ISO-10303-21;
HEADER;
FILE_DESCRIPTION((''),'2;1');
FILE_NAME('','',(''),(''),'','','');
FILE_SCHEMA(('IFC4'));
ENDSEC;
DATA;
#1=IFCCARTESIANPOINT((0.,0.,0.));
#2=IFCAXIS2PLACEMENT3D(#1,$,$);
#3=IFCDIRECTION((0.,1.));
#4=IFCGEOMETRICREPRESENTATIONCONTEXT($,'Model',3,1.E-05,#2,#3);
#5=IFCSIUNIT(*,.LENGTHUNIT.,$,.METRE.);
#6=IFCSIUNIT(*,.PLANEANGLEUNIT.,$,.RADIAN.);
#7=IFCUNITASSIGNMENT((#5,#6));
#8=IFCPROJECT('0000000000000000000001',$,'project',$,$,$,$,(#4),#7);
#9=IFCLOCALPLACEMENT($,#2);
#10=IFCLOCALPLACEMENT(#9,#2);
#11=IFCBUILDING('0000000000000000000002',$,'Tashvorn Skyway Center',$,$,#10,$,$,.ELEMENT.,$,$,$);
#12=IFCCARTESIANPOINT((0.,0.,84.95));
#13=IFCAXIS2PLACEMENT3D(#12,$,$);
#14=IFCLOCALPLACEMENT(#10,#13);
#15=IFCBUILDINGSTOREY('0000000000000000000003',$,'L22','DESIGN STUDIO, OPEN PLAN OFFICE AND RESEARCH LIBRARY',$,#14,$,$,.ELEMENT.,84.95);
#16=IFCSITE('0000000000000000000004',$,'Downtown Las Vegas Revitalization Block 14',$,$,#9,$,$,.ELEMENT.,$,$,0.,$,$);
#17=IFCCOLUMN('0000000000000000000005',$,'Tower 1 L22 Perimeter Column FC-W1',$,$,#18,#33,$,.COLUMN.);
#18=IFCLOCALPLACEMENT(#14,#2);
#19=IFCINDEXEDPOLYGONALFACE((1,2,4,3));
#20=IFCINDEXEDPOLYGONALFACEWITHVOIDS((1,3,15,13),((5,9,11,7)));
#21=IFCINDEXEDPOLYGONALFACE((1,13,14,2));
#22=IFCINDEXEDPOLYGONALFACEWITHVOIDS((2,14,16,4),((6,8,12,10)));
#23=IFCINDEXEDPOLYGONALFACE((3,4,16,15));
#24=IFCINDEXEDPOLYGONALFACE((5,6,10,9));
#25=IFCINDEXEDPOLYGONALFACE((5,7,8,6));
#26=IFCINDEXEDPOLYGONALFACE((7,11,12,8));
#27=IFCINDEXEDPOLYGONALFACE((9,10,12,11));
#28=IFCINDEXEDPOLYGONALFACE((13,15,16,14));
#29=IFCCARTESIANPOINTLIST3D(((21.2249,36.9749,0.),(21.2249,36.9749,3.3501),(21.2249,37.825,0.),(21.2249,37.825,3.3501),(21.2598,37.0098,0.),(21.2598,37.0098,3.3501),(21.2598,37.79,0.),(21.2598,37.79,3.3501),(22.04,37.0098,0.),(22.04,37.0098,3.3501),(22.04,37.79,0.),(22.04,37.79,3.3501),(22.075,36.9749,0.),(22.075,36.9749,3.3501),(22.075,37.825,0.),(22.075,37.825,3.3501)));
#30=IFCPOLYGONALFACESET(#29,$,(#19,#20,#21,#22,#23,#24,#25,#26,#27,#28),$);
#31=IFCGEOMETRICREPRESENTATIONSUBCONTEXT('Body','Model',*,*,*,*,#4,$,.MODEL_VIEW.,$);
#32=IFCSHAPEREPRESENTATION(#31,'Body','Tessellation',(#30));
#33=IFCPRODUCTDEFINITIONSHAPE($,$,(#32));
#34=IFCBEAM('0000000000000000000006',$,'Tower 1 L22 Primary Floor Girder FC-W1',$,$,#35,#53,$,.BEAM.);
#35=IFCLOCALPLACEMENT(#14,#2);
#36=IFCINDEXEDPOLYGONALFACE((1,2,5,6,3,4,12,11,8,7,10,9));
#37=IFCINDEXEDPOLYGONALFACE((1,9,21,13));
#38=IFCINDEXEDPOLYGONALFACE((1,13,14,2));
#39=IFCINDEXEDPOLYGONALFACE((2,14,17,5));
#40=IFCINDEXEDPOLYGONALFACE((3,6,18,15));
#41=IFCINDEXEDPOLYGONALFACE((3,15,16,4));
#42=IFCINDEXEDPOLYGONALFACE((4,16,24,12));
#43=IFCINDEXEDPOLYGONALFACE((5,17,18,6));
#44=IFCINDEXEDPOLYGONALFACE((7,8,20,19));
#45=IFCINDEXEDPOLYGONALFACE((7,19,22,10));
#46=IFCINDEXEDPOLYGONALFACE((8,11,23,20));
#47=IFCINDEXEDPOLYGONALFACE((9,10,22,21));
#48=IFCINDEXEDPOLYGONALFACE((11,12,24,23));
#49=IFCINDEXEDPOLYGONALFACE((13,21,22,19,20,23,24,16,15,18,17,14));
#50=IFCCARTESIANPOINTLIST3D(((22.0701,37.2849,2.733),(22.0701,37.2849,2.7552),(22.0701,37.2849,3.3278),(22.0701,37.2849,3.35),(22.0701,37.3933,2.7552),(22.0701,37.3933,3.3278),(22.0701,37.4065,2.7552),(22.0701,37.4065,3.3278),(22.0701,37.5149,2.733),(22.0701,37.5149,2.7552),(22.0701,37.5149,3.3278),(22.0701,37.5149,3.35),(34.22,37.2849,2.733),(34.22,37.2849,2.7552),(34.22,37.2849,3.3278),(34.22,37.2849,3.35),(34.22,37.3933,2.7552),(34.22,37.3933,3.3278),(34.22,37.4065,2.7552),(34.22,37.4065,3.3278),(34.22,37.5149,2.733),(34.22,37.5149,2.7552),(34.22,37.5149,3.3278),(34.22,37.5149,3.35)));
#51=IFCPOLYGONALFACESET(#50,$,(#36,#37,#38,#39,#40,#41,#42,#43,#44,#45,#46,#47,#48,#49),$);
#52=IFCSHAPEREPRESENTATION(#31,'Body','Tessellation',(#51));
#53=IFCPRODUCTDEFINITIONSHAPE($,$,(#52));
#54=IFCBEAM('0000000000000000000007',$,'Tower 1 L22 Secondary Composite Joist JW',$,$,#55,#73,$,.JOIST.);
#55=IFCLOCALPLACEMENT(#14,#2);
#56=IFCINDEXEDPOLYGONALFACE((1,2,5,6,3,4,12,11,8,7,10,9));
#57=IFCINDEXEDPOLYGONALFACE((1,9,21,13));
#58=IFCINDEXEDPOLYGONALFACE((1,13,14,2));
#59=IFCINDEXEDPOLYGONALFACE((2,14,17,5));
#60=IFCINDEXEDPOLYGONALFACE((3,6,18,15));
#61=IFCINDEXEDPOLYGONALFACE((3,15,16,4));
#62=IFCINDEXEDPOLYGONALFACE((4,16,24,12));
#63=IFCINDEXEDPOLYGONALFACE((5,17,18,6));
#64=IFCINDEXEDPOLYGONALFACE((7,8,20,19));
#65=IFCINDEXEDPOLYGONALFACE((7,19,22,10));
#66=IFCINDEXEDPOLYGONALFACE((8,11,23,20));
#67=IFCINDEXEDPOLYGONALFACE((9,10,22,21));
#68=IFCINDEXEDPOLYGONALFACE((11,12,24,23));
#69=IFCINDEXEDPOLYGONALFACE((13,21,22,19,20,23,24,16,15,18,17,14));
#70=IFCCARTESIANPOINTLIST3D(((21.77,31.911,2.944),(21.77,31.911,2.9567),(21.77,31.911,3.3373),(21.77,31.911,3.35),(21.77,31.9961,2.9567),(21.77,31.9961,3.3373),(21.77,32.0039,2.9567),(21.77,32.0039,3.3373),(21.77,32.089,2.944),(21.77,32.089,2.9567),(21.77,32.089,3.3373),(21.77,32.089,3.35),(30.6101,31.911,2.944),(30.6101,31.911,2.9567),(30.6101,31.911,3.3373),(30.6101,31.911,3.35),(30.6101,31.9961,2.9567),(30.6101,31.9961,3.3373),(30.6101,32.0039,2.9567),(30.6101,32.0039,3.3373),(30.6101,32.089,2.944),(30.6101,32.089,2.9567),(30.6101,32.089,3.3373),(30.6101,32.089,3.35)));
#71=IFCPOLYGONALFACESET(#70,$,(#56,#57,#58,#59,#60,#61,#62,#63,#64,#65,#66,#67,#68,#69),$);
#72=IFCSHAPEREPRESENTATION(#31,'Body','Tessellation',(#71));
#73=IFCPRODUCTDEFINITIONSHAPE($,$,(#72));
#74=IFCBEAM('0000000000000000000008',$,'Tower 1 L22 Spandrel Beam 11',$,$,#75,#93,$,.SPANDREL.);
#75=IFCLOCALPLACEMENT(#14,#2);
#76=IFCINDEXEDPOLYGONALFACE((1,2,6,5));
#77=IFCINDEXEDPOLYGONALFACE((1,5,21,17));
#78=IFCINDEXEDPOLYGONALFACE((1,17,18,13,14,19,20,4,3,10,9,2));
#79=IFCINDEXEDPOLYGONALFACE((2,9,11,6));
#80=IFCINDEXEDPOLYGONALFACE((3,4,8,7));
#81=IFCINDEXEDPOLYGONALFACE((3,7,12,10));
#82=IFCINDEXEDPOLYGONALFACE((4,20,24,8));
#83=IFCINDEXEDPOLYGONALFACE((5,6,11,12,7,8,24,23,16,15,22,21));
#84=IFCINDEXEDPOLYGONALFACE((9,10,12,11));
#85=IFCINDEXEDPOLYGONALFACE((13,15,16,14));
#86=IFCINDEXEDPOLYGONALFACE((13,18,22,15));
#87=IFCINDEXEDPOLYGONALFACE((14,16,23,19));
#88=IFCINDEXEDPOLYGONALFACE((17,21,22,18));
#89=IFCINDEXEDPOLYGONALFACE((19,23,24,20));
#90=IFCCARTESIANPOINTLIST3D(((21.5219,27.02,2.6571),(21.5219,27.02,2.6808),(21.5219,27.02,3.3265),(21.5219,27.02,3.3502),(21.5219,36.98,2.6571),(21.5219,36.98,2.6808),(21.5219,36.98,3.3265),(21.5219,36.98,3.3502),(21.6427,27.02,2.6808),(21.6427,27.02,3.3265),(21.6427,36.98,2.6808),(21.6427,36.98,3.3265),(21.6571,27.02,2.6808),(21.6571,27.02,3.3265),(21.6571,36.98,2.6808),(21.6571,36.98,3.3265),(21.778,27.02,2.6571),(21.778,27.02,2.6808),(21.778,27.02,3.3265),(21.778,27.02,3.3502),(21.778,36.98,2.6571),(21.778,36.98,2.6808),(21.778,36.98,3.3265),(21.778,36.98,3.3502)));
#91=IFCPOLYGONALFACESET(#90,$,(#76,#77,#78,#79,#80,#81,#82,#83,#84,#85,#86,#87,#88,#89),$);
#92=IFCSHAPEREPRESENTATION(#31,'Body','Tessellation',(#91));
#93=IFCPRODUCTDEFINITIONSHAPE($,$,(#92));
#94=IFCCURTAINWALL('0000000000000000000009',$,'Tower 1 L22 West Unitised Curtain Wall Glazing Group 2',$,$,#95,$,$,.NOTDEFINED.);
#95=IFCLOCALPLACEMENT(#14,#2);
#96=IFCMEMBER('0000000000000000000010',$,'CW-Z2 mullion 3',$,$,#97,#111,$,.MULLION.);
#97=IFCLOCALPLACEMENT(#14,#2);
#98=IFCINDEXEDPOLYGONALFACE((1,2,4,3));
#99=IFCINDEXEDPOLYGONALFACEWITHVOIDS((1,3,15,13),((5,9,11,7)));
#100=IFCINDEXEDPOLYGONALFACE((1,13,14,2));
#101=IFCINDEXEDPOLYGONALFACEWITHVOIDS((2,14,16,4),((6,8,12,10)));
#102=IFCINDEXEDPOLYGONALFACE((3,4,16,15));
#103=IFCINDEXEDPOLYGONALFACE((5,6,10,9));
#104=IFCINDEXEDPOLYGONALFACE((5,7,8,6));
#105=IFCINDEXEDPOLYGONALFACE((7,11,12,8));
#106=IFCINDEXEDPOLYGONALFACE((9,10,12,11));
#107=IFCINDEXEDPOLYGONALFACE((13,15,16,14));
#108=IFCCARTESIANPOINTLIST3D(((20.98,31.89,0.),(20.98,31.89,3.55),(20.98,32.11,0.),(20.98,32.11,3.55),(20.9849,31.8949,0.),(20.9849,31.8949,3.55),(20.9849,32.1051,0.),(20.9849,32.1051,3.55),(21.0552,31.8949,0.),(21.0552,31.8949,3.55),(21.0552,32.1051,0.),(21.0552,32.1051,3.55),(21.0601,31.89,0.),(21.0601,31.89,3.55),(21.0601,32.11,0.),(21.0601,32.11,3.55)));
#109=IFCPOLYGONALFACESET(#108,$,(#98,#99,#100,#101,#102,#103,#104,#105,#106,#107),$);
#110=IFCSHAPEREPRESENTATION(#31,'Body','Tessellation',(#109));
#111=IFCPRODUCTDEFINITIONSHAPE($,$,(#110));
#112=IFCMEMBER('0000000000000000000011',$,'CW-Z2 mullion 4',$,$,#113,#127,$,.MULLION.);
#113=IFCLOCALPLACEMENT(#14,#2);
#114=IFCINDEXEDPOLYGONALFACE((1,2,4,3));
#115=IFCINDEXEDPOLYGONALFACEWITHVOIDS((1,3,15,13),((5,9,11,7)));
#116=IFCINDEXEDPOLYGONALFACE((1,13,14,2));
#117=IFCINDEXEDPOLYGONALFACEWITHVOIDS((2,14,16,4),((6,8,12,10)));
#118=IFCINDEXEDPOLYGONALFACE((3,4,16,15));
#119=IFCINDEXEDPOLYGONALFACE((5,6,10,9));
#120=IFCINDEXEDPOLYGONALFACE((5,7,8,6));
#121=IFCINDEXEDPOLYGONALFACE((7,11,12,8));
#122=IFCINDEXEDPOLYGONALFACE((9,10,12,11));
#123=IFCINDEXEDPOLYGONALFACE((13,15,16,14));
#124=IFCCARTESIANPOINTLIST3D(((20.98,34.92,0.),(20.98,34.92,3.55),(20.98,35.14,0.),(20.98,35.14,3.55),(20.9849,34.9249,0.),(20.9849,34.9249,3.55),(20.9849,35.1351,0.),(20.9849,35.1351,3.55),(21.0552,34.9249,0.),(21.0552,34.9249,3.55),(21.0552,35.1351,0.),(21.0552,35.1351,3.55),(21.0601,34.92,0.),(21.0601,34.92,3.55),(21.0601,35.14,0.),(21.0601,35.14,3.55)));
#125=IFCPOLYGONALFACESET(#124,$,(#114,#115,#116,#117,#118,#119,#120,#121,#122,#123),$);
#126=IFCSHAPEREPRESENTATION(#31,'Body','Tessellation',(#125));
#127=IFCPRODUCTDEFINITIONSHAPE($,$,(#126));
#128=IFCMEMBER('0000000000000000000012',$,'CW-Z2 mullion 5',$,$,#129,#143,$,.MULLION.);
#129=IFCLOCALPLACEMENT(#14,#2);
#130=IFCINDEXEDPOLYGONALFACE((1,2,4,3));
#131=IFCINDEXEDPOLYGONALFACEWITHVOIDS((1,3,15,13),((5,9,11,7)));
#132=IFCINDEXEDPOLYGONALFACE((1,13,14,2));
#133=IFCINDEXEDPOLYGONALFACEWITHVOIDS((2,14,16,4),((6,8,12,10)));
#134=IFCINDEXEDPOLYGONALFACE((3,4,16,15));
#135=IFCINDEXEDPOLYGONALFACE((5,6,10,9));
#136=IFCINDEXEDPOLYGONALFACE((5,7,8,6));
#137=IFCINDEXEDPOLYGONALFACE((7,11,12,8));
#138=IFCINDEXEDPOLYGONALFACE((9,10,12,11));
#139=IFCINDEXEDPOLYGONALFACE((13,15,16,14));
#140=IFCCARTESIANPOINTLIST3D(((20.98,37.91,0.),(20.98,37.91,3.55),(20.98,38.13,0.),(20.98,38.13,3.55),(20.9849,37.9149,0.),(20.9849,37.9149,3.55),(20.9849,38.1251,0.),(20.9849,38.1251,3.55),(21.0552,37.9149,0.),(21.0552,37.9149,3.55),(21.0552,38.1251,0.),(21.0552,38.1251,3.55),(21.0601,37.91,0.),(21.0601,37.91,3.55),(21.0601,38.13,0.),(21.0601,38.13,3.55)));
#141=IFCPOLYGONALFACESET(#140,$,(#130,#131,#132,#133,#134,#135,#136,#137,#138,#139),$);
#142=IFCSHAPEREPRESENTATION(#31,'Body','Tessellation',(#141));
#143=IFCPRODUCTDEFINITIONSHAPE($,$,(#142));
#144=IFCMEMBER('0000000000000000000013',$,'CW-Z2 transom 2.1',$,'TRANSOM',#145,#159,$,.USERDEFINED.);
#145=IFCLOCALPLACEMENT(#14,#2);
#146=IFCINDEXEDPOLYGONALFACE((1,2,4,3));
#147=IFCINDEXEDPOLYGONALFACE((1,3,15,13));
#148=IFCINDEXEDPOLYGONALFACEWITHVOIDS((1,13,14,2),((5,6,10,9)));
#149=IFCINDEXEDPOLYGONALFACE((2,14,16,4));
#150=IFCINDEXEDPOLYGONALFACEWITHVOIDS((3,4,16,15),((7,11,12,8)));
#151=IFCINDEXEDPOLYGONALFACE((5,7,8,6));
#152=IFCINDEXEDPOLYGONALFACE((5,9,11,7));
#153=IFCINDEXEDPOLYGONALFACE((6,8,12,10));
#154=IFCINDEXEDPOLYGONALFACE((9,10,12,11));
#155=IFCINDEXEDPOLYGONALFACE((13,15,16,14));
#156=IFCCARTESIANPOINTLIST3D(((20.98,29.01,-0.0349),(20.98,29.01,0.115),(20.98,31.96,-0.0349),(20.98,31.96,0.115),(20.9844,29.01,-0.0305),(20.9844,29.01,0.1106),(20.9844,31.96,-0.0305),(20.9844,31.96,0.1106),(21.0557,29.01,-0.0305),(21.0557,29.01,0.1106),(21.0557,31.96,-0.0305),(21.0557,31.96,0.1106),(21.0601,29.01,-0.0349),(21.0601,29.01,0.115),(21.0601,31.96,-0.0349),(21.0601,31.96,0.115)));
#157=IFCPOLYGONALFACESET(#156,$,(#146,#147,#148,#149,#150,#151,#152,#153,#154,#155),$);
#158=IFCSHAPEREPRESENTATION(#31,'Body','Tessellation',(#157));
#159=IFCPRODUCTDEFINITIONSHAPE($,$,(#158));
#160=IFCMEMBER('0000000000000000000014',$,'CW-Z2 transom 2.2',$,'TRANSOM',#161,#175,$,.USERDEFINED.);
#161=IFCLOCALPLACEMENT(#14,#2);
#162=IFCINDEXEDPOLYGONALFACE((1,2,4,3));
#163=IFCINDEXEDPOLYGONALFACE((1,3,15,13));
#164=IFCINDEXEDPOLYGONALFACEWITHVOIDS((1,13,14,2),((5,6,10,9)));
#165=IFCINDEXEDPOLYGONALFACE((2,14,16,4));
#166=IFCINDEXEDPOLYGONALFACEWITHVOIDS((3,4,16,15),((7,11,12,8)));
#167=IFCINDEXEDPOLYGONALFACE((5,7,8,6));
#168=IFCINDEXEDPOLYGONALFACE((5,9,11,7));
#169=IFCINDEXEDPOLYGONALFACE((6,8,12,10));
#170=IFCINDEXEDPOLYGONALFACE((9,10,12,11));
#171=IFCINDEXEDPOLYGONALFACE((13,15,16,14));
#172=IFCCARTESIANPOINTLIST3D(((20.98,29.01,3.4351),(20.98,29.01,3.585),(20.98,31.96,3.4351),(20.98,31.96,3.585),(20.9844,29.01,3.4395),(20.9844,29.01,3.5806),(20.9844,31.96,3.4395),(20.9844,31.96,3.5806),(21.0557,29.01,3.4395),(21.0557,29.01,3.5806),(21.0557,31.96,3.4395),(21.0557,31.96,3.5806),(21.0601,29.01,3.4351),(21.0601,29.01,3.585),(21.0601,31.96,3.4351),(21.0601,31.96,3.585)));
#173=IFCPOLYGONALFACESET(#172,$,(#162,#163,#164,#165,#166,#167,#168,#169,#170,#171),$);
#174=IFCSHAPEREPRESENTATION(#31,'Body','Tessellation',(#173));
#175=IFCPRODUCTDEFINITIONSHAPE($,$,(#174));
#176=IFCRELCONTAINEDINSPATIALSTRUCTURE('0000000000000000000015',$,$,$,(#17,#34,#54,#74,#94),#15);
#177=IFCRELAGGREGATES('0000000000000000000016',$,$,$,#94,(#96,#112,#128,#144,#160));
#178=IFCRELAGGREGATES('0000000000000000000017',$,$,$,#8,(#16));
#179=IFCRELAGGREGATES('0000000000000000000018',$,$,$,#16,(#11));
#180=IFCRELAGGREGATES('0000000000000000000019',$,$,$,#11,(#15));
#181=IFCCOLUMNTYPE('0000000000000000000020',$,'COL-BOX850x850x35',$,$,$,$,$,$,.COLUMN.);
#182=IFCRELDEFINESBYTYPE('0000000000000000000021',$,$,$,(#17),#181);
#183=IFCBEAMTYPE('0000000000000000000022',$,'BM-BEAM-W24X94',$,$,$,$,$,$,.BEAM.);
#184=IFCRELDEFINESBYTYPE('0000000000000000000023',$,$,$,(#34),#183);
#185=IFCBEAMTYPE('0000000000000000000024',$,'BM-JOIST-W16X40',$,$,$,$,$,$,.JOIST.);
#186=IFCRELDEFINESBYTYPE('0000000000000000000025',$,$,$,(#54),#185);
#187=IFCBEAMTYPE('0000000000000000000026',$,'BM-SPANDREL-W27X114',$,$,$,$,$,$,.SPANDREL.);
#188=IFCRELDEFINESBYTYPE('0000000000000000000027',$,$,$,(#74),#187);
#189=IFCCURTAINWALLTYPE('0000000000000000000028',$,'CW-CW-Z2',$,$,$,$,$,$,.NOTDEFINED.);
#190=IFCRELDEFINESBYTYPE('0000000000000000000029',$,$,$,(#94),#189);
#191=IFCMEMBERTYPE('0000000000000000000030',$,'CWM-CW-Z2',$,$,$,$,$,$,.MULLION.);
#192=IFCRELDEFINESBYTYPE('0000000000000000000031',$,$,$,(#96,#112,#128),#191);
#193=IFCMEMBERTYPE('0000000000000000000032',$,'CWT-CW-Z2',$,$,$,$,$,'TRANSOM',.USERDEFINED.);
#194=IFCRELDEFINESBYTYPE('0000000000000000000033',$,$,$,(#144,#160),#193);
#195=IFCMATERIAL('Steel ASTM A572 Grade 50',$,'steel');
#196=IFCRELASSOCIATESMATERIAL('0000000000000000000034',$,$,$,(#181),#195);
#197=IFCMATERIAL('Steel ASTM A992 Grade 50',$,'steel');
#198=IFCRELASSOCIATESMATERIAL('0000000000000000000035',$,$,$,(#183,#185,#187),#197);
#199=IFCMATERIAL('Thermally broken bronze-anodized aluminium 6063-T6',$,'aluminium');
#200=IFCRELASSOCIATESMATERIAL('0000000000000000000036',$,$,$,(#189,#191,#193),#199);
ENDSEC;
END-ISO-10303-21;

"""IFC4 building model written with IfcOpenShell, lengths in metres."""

from ifc_helpers import new_model, si_unit, direction, frame, origin, origin_2d, place, context, subcontext, project, spatial, hollow_rectangle, i_section, extrude, material, material_profile, profile_set, type_object, element, aggregate, save


model = new_model("IFC4")

# Units and contexts
model_context = context("Model", 3, precision=1e-05, world=origin(), true_north=direction((0.0, 1.0)))
body_context = subcontext(model_context, "Body", "Model", "MODEL_VIEW")
ifc_project = project(units=[si_unit("LENGTHUNIT", "METRE"), si_unit("PLANEANGLEUNIT", "RADIAN")], contexts=[model_context])

# Site, building, storey
site_placement = place(None, origin())
site = spatial("IfcSite", under=ifc_project, at=site_placement, Name="Downtown Las Vegas Revitalization Block 14", CompositionType="ELEMENT", RefElevation=0.0)
building_placement = place(site_placement, origin())
building = spatial("IfcBuilding", under=site, at=building_placement, Name="Tashvorn Skyway Center", CompositionType="ELEMENT")
storey_placement = place(building_placement, frame((0.0, 0.0, 84.95)))
storey = spatial("IfcBuildingStorey", under=building, at=storey_placement, Name="L22", Description="DESIGN STUDIO, OPEN PLAN OFFICE AND RESEARCH LIBRARY", CompositionType="ELEMENT", Elevation=84.95)

# Column
ifc_material_1 = material(Name="Steel ASTM A572 Grade 50", Category="steel")
ifc_material_profile_1 = material_profile(ifc_material_1, hollow_rectangle(XDim=0.8501, YDim=0.8501, WallThickness=0.0349, at=origin_2d()), Name="BOX850x850x35")
ifc_profile_set_1 = profile_set([ifc_material_profile_1], Name="Steel ASTM A572 Grade 50")
column_type = type_object("IfcColumnType", Name="COL-BOX850x850x35", PredefinedType="COLUMN", material=ifc_profile_set_1)
column_placement = place(storey_placement, frame((21.6499, 37.3999, 0.0), z_axis=(0.0, 0.0, 1.0), x_axis=(1.0, 0.0, 0.0)))
element("IfcColumn", 1, at=column_placement, inside=storey, type_object=column_type, Name="Tower 1 L22 Perimeter Column FC-W1", PredefinedType="COLUMN", context=body_context, shape_type="SweptSolid", body=[
    extrude(hollow_rectangle(XDim=0.8501, YDim=0.8501, WallThickness=0.0349, at=origin_2d()), origin(), (0.0, 0.0, 1.0), 3.3501),
])

# Beams
ifc_material_2 = material(Name="Steel ASTM A992 Grade 50", Category="steel")
ifc_material_profile_2 = material_profile(ifc_material_2, i_section(OverallWidth=0.23, OverallDepth=0.6169, WebThickness=0.0132, FlangeThickness=0.0222, at=origin_2d()), Name="W24X94")
ifc_profile_set_2 = profile_set([ifc_material_profile_2], Name="Steel ASTM A992 Grade 50")
beam_type_1 = type_object("IfcBeamType", Name="BM-BEAM-W24X94", PredefinedType="BEAM", material=ifc_profile_set_2)
beam_1_placement = place(storey_placement, frame((22.0701, 37.3999, 3.0415), z_axis=(1.0, 0.0, 0.0), x_axis=(0.0, 1.0, 0.0)))
element("IfcBeam", 2, at=beam_1_placement, inside=storey, type_object=beam_type_1, Name="Tower 1 L22 Primary Floor Girder FC-W1", PredefinedType="BEAM", context=body_context, shape_type="SweptSolid", body=[
    extrude(i_section(OverallWidth=0.23, OverallDepth=0.6169, WebThickness=0.0132, FlangeThickness=0.0222, at=origin_2d()), origin(), (0.0, 0.0, 1.0), 12.1499),
])
ifc_material_profile_3 = material_profile(ifc_material_2, i_section(OverallWidth=0.178, OverallDepth=0.406, WebThickness=0.0078, FlangeThickness=0.0127, at=origin_2d()), Name="W16X40")
ifc_profile_set_3 = profile_set([ifc_material_profile_3], Name="Steel ASTM A992 Grade 50")
beam_type_2 = type_object("IfcBeamType", Name="BM-JOIST-W16X40", PredefinedType="JOIST", material=ifc_profile_set_3)
beam_2_placement = place(storey_placement, frame((30.6101, 32.0, 3.147), z_axis=(-1.0, 0.0, 0.0), x_axis=(0.0, -1.0, 0.0)))
element("IfcBeam", 3, at=beam_2_placement, inside=storey, type_object=beam_type_2, Name="Tower 1 L22 Secondary Composite Joist JW", PredefinedType="JOIST", context=body_context, shape_type="SweptSolid", body=[
    extrude(i_section(OverallWidth=0.178, OverallDepth=0.406, WebThickness=0.0078, FlangeThickness=0.0127, at=origin_2d()), origin(), (0.0, 0.0, 1.0), 8.8401),
])
ifc_material_profile_4 = material_profile(ifc_material_2, i_section(OverallWidth=0.2561, OverallDepth=0.6931, WebThickness=0.0144, FlangeThickness=0.0237, at=origin_2d()), Name="W27X114")
ifc_profile_set_4 = profile_set([ifc_material_profile_4], Name="Steel ASTM A992 Grade 50")
beam_type_3 = type_object("IfcBeamType", Name="BM-SPANDREL-W27X114", PredefinedType="SPANDREL", material=ifc_profile_set_4)
beam_3_placement = place(storey_placement, frame((21.6499, 36.98, 3.0037), z_axis=(0.0, -1.0, 0.0), x_axis=(1.0, 0.0, 0.0)))
element("IfcBeam", 4, at=beam_3_placement, inside=storey, type_object=beam_type_3, Name="Tower 1 L22 Spandrel Beam 11", PredefinedType="SPANDREL", context=body_context, shape_type="SweptSolid", body=[
    extrude(i_section(OverallWidth=0.2561, OverallDepth=0.6931, WebThickness=0.0144, FlangeThickness=0.0237, at=origin_2d()), origin(), (0.0, 0.0, 1.0), 9.96),
])

# Curtain wall, members
ifc_material_3 = material(Name="Thermally broken bronze-anodized aluminium 6063-T6", Category="aluminium")
curtain_wall_type = type_object("IfcCurtainWallType", Name="CW-CW-Z2", PredefinedType="NOTDEFINED", material=ifc_material_3)
curtain_wall_placement = place(storey_placement, origin())
curtain_wall = element("IfcCurtainWall", 5, at=curtain_wall_placement, inside=storey, type_object=curtain_wall_type, Name="Tower 1 L22 West Unitised Curtain Wall Glazing Group 2", PredefinedType="NOTDEFINED")
ifc_material_profile_5 = material_profile(ifc_material_3, hollow_rectangle(XDim=0.0801, YDim=0.22, WallThickness=0.0049, at=origin_2d()), Name="ALU-MULL-80x220")
ifc_profile_set_5 = profile_set([ifc_material_profile_5], Name="Thermally broken bronze-anodized aluminium 6063-T6")
member_type_1 = type_object("IfcMemberType", Name="CWM-CW-Z2", PredefinedType="MULLION", material=ifc_profile_set_5)
member_1_placement = place(storey_placement, frame((21.02, 32.0, 0.0), z_axis=(0.0, 0.0, 1.0), x_axis=(-1.0, 0.0, 0.0)))
member_1 = element("IfcMember", 6, at=member_1_placement, type_object=member_type_1, Name="CW-Z2 mullion 3", PredefinedType="MULLION", context=body_context, shape_type="SweptSolid", body=[
    extrude(hollow_rectangle(XDim=0.0801, YDim=0.22, WallThickness=0.0049, at=origin_2d()), origin(), (0.0, 0.0, 1.0), 3.55),
])
member_2_placement = place(storey_placement, frame((21.02, 35.03, 0.0), z_axis=(0.0, 0.0, 1.0), x_axis=(-1.0, 0.0, 0.0)))
member_2 = element("IfcMember", 7, at=member_2_placement, type_object=member_type_1, Name="CW-Z2 mullion 4", PredefinedType="MULLION", context=body_context, shape_type="SweptSolid", body=[
    extrude(hollow_rectangle(XDim=0.0801, YDim=0.22, WallThickness=0.0049, at=origin_2d()), origin(), (0.0, 0.0, 1.0), 3.55),
])
member_3_placement = place(storey_placement, frame((21.02, 38.02, 0.0), z_axis=(0.0, 0.0, 1.0), x_axis=(-1.0, 0.0, 0.0)))
member_3 = element("IfcMember", 8, at=member_3_placement, type_object=member_type_1, Name="CW-Z2 mullion 5", PredefinedType="MULLION", context=body_context, shape_type="SweptSolid", body=[
    extrude(hollow_rectangle(XDim=0.0801, YDim=0.22, WallThickness=0.0049, at=origin_2d()), origin(), (0.0, 0.0, 1.0), 3.55),
])
ifc_material_profile_6 = material_profile(ifc_material_3, hollow_rectangle(XDim=0.0801, YDim=0.1499, WallThickness=0.0044, at=origin_2d()), Name="ALU-TRAN-80x150")
ifc_profile_set_6 = profile_set([ifc_material_profile_6], Name="Thermally broken bronze-anodized aluminium 6063-T6")
member_type_2 = type_object("IfcMemberType", Name="CWT-CW-Z2", ElementType="TRANSOM", PredefinedType="USERDEFINED", material=ifc_profile_set_6)
member_4_placement = place(storey_placement, frame((21.02, 29.01, 0.04), z_axis=(0.0, 1.0, 0.0), x_axis=(-1.0, 0.0, 0.0)))
member_4 = element("IfcMember", 9, at=member_4_placement, type_object=member_type_2, Name="CW-Z2 transom 2.1", ObjectType="TRANSOM", PredefinedType="USERDEFINED", context=body_context, shape_type="SweptSolid", body=[
    extrude(hollow_rectangle(XDim=0.0801, YDim=0.1499, WallThickness=0.0044, at=origin_2d()), origin(), (0.0, 0.0, 1.0), 2.95),
])
member_5_placement = place(storey_placement, frame((21.02, 29.01, 3.51), z_axis=(0.0, 1.0, 0.0), x_axis=(-1.0, 0.0, 0.0)))
member_5 = element("IfcMember", 10, at=member_5_placement, type_object=member_type_2, Name="CW-Z2 transom 2.2", ObjectType="TRANSOM", PredefinedType="USERDEFINED", context=body_context, shape_type="SweptSolid", body=[
    extrude(hollow_rectangle(XDim=0.0801, YDim=0.1499, WallThickness=0.0044, at=origin_2d()), origin(), (0.0, 0.0, 1.0), 2.95),
])
aggregate(curtain_wall, [member_1, member_2, member_3, member_4, member_5])

save(model, "model.ifc")
